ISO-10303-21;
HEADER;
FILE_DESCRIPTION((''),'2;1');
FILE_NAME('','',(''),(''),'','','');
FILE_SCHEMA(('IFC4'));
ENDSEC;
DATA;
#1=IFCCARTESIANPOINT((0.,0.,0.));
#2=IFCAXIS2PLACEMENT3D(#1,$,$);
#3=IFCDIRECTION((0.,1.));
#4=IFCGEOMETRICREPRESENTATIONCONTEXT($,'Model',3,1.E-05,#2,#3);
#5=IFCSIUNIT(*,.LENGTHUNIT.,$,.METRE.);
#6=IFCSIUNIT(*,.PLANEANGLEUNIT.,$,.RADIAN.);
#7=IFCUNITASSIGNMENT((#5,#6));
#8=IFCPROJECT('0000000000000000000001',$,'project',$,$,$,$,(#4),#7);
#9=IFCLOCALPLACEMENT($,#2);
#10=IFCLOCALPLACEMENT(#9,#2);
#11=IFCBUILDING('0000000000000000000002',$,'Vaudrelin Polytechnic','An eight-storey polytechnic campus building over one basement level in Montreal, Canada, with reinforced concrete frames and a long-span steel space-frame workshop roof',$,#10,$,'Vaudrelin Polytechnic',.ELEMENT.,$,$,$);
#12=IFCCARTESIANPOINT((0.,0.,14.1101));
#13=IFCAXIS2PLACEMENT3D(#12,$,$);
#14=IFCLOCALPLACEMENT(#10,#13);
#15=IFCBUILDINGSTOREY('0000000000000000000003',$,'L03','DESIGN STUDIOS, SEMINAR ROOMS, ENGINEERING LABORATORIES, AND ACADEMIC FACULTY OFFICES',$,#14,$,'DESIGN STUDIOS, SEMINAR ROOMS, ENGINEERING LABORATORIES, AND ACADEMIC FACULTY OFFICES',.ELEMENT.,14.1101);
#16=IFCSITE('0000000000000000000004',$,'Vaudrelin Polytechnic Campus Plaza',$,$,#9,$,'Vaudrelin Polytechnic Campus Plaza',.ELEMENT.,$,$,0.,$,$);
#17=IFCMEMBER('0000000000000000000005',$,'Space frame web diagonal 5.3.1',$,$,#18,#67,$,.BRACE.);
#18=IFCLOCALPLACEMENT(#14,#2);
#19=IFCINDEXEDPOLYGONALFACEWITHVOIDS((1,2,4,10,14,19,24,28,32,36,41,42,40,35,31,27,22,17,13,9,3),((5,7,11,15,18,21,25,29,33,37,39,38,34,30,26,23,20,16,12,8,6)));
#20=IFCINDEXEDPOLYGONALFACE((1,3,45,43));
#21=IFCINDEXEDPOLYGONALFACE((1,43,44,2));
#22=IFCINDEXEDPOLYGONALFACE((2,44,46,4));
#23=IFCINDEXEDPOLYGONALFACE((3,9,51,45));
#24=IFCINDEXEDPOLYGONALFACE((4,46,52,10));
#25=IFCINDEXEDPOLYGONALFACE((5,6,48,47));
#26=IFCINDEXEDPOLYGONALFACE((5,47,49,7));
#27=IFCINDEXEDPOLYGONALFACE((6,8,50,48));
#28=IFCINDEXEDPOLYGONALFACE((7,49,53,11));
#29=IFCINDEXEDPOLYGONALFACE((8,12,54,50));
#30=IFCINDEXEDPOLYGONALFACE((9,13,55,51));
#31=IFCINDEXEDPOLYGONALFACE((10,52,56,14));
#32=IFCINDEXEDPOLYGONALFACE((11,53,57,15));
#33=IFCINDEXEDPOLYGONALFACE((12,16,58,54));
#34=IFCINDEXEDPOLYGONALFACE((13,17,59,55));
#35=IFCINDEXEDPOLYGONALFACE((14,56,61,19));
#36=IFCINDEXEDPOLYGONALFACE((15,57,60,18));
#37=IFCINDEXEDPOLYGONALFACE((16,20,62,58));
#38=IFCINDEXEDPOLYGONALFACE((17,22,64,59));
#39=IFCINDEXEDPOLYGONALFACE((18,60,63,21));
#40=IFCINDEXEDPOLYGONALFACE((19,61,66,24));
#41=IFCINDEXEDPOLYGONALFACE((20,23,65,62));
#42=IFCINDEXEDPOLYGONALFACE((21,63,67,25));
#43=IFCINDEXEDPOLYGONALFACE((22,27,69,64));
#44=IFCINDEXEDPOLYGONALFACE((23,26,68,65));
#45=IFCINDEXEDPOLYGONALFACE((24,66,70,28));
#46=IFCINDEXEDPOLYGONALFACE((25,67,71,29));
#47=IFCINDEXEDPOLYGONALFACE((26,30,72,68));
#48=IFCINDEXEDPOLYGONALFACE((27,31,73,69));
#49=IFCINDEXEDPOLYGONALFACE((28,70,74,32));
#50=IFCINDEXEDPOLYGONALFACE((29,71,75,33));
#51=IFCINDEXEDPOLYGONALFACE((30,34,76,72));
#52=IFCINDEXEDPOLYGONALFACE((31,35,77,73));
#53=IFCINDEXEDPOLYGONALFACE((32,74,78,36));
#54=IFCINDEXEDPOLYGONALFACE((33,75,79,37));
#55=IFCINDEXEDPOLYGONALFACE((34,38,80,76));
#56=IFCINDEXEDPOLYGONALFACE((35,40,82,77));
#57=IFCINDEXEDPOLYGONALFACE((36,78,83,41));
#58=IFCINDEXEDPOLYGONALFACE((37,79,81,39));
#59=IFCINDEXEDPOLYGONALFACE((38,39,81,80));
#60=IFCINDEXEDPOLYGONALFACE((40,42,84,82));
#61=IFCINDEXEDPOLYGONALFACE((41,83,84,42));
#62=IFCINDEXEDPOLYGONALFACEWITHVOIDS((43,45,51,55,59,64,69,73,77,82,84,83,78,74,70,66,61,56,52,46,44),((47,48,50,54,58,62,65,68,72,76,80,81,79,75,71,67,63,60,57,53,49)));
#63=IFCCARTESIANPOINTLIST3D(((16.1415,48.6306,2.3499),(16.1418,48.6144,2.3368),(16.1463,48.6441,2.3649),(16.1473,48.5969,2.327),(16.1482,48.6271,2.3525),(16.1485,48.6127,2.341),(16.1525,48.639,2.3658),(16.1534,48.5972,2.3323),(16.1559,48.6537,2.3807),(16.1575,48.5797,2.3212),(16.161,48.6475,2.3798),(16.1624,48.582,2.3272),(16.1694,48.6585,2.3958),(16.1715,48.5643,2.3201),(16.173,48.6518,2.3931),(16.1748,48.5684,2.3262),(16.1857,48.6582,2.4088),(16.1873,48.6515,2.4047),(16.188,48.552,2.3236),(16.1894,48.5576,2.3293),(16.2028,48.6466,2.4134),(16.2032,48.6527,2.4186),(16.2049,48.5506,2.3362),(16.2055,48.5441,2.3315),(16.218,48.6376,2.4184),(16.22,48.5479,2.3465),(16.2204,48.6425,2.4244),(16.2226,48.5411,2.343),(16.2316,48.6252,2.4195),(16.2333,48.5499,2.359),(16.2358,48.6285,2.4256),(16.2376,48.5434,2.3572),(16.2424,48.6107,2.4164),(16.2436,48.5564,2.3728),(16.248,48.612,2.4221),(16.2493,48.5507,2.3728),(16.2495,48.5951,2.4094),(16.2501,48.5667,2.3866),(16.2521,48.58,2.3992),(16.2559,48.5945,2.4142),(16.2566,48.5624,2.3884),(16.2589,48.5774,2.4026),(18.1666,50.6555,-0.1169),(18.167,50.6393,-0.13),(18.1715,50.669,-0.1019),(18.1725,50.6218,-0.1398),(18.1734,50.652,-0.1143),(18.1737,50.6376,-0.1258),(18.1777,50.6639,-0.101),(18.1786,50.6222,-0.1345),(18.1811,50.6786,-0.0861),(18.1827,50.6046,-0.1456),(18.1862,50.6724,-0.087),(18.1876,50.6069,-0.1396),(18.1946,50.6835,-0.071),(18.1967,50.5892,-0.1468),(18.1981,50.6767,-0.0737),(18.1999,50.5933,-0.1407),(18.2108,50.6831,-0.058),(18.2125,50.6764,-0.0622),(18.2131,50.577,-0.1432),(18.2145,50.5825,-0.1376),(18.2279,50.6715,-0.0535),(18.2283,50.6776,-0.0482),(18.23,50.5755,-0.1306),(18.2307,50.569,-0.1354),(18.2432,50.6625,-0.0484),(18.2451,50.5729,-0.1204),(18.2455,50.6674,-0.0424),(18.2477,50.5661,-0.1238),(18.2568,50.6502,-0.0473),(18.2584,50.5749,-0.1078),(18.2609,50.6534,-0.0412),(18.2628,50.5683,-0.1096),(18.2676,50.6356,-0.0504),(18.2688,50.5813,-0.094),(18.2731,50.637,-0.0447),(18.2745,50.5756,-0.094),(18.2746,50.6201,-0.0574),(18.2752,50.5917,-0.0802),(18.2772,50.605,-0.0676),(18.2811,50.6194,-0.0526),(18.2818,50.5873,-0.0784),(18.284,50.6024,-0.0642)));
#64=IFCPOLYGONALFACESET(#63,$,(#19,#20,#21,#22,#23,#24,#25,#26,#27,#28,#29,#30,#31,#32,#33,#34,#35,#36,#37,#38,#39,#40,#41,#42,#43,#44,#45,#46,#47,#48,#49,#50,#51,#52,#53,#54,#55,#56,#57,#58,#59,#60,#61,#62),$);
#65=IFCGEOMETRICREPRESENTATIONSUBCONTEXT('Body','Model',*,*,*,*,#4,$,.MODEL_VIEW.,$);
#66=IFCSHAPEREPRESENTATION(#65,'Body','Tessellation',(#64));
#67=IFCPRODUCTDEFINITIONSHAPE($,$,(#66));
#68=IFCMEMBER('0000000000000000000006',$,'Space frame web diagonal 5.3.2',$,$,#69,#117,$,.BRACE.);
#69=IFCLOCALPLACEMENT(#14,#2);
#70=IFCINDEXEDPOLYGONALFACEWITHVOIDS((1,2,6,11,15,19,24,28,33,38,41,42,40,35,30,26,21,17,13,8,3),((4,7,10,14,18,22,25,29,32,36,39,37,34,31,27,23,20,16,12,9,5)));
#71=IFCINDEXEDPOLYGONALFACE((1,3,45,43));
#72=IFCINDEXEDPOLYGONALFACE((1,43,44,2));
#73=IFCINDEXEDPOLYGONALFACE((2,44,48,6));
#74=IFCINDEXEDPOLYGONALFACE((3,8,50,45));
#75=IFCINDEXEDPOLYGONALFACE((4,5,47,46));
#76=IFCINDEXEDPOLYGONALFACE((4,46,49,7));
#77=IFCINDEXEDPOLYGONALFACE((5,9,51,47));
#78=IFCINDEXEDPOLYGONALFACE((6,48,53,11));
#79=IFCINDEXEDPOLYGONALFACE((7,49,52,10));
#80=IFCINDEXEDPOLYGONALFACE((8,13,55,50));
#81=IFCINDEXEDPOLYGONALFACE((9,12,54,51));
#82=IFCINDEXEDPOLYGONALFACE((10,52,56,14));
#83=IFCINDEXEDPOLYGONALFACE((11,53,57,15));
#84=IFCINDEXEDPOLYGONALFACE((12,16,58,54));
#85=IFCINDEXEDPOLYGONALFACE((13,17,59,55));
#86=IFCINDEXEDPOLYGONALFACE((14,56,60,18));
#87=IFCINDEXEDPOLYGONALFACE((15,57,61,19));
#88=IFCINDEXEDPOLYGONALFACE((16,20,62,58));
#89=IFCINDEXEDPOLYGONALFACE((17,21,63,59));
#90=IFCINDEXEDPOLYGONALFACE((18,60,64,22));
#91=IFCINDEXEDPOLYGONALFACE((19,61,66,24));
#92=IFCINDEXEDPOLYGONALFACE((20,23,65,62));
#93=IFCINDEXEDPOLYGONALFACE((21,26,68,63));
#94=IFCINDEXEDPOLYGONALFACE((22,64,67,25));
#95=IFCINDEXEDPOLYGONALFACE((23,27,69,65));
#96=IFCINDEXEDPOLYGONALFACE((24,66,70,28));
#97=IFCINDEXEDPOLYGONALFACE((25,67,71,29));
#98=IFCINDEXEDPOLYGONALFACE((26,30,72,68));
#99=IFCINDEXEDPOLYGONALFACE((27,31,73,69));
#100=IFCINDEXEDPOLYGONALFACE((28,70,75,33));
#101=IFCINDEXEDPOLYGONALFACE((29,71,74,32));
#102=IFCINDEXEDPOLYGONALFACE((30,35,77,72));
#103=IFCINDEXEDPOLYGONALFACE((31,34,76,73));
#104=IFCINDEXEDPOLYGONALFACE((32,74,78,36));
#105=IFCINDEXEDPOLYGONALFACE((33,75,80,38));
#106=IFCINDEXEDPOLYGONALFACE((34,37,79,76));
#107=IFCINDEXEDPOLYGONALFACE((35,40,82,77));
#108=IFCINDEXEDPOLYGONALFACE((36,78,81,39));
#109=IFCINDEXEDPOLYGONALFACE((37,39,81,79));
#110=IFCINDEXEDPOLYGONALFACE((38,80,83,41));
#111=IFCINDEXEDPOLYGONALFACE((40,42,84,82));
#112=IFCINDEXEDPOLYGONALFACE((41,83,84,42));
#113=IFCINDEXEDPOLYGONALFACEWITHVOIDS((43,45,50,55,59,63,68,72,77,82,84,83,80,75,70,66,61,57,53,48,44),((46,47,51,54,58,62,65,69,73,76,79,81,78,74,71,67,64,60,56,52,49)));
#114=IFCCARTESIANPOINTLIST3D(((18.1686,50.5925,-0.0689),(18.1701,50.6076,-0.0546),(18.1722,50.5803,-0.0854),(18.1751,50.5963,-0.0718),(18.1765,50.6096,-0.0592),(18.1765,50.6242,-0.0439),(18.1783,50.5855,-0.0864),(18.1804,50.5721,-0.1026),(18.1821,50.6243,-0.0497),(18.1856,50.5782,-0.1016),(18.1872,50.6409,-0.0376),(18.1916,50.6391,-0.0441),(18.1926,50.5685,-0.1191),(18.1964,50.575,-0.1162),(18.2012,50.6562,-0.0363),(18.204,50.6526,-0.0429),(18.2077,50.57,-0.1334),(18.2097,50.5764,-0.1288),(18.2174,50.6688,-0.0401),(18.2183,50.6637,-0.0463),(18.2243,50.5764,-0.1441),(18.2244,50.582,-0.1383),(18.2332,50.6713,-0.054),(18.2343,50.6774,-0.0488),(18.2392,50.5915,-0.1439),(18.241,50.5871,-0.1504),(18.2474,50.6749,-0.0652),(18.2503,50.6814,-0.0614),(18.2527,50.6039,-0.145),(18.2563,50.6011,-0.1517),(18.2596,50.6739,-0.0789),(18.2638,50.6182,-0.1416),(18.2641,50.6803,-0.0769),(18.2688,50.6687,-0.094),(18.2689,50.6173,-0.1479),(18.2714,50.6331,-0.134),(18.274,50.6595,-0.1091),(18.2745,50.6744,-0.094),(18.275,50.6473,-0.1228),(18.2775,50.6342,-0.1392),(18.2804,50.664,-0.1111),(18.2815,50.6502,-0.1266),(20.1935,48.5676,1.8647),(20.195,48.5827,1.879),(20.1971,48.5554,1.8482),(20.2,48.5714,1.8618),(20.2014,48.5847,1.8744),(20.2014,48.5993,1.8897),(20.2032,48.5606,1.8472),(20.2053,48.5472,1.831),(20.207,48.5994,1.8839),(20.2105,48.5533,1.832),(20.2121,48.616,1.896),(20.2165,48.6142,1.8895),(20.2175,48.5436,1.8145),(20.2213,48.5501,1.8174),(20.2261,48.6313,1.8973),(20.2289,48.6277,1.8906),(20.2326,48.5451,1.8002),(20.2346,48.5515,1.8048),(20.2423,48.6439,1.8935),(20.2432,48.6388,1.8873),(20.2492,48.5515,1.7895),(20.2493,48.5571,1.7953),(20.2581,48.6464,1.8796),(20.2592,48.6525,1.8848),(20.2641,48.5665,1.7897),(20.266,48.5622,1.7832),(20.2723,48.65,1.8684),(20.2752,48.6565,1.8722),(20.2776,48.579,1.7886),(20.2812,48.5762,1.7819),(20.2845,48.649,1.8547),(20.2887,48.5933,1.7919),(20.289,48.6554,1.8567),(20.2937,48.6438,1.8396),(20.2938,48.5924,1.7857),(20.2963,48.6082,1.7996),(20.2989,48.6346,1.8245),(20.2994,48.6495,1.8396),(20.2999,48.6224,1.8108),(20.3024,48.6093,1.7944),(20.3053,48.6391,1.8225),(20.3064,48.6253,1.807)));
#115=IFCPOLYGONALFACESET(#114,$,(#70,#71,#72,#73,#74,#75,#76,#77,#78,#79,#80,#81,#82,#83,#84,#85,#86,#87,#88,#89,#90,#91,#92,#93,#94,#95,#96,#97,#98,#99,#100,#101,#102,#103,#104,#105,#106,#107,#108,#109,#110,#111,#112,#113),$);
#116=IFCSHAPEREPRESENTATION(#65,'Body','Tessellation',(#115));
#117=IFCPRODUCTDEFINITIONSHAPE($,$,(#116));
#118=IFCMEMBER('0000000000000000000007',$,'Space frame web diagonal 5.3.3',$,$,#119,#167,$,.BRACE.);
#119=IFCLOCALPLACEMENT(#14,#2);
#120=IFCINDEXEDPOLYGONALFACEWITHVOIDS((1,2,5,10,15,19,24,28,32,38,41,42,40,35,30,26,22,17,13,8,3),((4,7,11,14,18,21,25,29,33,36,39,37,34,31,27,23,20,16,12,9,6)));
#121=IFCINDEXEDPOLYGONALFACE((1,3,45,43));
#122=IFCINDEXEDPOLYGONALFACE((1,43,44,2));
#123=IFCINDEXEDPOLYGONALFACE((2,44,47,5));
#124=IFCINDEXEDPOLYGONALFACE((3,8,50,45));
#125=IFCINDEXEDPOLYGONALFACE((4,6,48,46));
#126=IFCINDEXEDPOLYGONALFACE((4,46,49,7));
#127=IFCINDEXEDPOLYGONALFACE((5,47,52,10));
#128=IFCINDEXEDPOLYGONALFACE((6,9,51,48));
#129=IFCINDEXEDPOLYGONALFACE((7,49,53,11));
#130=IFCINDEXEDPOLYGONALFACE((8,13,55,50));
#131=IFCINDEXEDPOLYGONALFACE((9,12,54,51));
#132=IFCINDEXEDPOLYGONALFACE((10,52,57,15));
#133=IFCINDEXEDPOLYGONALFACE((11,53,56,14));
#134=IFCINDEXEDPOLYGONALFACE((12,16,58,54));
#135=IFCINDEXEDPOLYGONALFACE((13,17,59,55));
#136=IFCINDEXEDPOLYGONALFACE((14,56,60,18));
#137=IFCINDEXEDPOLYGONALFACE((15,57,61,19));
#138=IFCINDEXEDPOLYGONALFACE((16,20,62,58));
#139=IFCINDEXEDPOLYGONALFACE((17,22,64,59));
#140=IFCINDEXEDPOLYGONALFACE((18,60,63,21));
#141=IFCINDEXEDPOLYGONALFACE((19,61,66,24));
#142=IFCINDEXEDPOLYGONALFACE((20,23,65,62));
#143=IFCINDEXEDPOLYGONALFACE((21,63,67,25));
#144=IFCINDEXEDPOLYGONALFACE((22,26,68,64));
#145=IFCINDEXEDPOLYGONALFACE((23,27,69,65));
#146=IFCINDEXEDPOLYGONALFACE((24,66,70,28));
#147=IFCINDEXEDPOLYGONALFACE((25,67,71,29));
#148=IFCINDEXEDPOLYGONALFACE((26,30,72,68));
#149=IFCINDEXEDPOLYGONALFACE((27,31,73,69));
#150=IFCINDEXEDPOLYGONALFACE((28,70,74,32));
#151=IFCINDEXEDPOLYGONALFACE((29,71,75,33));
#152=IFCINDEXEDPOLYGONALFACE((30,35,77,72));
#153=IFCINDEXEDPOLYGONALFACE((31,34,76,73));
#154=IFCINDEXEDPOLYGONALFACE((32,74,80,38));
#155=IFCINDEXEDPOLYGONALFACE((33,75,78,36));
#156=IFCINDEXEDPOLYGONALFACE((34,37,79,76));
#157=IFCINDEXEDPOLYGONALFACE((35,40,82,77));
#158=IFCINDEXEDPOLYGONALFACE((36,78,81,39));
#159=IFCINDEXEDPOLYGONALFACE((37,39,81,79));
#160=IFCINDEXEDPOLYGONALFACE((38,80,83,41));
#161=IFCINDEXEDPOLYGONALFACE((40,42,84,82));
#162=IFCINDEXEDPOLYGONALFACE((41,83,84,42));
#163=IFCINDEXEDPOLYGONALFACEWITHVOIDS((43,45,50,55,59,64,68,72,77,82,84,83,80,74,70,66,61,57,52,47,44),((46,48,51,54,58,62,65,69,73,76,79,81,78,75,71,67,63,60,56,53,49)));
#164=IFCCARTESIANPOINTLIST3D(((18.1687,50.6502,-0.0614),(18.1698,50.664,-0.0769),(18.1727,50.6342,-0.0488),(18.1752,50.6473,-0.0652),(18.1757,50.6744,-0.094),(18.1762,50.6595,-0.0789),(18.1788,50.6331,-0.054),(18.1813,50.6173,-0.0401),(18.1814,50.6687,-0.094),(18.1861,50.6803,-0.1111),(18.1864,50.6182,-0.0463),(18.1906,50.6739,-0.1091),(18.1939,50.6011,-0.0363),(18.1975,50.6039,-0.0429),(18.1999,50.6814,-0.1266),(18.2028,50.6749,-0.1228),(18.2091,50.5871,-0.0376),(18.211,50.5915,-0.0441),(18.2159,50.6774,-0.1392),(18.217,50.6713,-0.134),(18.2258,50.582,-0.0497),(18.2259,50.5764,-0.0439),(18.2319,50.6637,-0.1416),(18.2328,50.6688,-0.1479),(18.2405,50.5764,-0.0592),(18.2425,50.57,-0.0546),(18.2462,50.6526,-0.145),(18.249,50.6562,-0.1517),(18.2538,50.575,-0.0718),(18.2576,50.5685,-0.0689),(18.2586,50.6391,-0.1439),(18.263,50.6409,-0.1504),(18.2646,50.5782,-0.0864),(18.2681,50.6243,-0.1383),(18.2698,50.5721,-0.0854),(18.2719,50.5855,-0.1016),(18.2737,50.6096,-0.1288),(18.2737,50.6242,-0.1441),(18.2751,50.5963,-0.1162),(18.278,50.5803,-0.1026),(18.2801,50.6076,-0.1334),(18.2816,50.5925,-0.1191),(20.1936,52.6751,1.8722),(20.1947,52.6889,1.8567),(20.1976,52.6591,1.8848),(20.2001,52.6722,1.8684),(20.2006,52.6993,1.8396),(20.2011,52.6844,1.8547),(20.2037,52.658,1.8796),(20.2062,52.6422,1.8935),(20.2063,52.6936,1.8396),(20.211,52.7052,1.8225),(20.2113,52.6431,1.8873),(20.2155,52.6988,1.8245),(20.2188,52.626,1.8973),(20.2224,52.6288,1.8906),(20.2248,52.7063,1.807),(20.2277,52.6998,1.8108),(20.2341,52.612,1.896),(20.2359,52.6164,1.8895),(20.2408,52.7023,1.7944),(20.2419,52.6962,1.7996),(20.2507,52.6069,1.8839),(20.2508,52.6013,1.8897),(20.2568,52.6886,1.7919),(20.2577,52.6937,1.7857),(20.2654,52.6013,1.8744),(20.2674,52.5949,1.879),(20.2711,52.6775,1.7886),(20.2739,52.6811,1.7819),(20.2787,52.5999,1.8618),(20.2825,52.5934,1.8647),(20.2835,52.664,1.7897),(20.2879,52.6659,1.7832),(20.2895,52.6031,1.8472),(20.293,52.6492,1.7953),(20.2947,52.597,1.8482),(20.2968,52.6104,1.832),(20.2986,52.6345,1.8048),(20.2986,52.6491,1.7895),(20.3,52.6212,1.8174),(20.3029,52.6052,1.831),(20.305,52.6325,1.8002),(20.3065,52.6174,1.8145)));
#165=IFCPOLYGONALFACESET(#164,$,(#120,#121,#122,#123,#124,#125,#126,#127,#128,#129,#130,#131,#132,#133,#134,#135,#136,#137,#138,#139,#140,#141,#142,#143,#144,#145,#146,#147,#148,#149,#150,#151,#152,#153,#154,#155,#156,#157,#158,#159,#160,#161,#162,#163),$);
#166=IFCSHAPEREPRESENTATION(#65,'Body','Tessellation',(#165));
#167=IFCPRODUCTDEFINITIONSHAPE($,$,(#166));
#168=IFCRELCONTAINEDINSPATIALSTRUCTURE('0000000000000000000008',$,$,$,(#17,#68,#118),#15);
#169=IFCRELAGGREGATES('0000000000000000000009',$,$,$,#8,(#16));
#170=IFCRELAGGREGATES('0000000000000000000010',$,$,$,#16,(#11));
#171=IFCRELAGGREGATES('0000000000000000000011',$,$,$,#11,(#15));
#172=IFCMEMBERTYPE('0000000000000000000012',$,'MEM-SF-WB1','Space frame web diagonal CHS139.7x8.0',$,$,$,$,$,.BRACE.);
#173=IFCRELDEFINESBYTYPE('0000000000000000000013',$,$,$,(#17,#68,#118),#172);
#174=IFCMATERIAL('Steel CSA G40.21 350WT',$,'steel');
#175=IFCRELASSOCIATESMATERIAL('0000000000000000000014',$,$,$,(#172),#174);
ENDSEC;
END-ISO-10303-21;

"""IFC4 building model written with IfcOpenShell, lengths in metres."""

from ifc_helpers import new_model, si_unit, direction, frame, origin, origin_2d, place, context, subcontext, project, spatial, hollow_circle, extrude, material, material_profile, profile_set, type_object, element, save


model = new_model("IFC4")

# Units and contexts
model_context = context("Model", 3, precision=1e-05, world=origin(), true_north=direction((0.0, 1.0)))
body_context = subcontext(model_context, "Body", "Model", "MODEL_VIEW")
ifc_project = project(units=[si_unit("LENGTHUNIT", "METRE"), si_unit("PLANEANGLEUNIT", "RADIAN")], contexts=[model_context])

# Site, building, storey
site_placement = place(None, origin())
site = spatial("IfcSite", under=ifc_project, at=site_placement, Name="Vaudrelin Polytechnic Campus Plaza", LongName="Vaudrelin Polytechnic Campus Plaza", CompositionType="ELEMENT", RefElevation=0.0)
building_placement = place(site_placement, origin())
building = spatial("IfcBuilding", under=site, at=building_placement, Name="Vaudrelin Polytechnic", Description="An eight-storey polytechnic campus building over one basement level in Montreal, Canada, with reinforced concrete frames and a long-span steel space-frame workshop roof", LongName="Vaudrelin Polytechnic", CompositionType="ELEMENT")
storey_placement = place(building_placement, frame((0.0, 0.0, 14.1101)))
storey = spatial("IfcBuildingStorey", under=building, at=storey_placement, Name="L03", Description="DESIGN STUDIOS, SEMINAR ROOMS, ENGINEERING LABORATORIES, AND ACADEMIC FACULTY OFFICES", LongName="DESIGN STUDIOS, SEMINAR ROOMS, ENGINEERING LABORATORIES, AND ACADEMIC FACULTY OFFICES", CompositionType="ELEMENT", Elevation=14.1101)

# Members
ifc_material = material(Name="Steel CSA G40.21 350WT", Category="steel")
ifc_material_profile_1 = material_profile(ifc_material, hollow_circle(Radius=0.0698, WallThickness=0.0081, at=origin_2d()), Name="CHS139.7x8.0")
ifc_profile_set_1 = profile_set([ifc_material_profile_1], Name="Steel CSA G40.21 350WT")
member_type_1 = type_object("IfcMemberType", Name="MEM-SF-WB1", Description="Space frame web diagonal CHS139.7x8.0", PredefinedType="BRACE", material=ifc_profile_set_1)
for number, where, z_axis, x_axis, name in (
    (1, (18.2251, 50.625, -0.094), (-0.535788, -0.535723, 0.652634), (0.707064, -0.707149, 0.0), "Space frame web diagonal 5.3.1"),
):
    element("IfcMember", number, at=place(storey_placement, frame(where, z_axis=z_axis, x_axis=x_axis)), inside=storey, type_object=member_type_1, Name=name, PredefinedType="BRACE", context=body_context, shape_type="SweptSolid", body=[
        extrude(hollow_circle(Radius=0.0698, WallThickness=0.0081, at=origin_2d()), origin(), (0.0, 0.0, 1.0), 3.7798),
    ])
for number, where, z_axis, x_axis, name in (
    (2, (18.2251, 50.625, -0.094), (0.586024, -0.586024, 0.559599), (0.707107, 0.707107, 0.0), "Space frame web diagonal 5.3.2"),
    (3, (18.2251, 50.625, -0.094), (0.586024, 0.586024, 0.559599), (-0.707107, 0.707107, 0.0), "Space frame web diagonal 5.3.3"),
):
    element("IfcMember", number, at=place(storey_placement, frame(where, z_axis=z_axis, x_axis=x_axis)), inside=storey, type_object=member_type_1, Name=name, PredefinedType="BRACE", context=body_context, shape_type="SweptSolid", body=[
        extrude(hollow_circle(Radius=0.0698, WallThickness=0.0081, at=origin_2d()), origin(), (0.0, 0.0, 1.0), 3.4553),
    ])

save(model, "model.ifc")
